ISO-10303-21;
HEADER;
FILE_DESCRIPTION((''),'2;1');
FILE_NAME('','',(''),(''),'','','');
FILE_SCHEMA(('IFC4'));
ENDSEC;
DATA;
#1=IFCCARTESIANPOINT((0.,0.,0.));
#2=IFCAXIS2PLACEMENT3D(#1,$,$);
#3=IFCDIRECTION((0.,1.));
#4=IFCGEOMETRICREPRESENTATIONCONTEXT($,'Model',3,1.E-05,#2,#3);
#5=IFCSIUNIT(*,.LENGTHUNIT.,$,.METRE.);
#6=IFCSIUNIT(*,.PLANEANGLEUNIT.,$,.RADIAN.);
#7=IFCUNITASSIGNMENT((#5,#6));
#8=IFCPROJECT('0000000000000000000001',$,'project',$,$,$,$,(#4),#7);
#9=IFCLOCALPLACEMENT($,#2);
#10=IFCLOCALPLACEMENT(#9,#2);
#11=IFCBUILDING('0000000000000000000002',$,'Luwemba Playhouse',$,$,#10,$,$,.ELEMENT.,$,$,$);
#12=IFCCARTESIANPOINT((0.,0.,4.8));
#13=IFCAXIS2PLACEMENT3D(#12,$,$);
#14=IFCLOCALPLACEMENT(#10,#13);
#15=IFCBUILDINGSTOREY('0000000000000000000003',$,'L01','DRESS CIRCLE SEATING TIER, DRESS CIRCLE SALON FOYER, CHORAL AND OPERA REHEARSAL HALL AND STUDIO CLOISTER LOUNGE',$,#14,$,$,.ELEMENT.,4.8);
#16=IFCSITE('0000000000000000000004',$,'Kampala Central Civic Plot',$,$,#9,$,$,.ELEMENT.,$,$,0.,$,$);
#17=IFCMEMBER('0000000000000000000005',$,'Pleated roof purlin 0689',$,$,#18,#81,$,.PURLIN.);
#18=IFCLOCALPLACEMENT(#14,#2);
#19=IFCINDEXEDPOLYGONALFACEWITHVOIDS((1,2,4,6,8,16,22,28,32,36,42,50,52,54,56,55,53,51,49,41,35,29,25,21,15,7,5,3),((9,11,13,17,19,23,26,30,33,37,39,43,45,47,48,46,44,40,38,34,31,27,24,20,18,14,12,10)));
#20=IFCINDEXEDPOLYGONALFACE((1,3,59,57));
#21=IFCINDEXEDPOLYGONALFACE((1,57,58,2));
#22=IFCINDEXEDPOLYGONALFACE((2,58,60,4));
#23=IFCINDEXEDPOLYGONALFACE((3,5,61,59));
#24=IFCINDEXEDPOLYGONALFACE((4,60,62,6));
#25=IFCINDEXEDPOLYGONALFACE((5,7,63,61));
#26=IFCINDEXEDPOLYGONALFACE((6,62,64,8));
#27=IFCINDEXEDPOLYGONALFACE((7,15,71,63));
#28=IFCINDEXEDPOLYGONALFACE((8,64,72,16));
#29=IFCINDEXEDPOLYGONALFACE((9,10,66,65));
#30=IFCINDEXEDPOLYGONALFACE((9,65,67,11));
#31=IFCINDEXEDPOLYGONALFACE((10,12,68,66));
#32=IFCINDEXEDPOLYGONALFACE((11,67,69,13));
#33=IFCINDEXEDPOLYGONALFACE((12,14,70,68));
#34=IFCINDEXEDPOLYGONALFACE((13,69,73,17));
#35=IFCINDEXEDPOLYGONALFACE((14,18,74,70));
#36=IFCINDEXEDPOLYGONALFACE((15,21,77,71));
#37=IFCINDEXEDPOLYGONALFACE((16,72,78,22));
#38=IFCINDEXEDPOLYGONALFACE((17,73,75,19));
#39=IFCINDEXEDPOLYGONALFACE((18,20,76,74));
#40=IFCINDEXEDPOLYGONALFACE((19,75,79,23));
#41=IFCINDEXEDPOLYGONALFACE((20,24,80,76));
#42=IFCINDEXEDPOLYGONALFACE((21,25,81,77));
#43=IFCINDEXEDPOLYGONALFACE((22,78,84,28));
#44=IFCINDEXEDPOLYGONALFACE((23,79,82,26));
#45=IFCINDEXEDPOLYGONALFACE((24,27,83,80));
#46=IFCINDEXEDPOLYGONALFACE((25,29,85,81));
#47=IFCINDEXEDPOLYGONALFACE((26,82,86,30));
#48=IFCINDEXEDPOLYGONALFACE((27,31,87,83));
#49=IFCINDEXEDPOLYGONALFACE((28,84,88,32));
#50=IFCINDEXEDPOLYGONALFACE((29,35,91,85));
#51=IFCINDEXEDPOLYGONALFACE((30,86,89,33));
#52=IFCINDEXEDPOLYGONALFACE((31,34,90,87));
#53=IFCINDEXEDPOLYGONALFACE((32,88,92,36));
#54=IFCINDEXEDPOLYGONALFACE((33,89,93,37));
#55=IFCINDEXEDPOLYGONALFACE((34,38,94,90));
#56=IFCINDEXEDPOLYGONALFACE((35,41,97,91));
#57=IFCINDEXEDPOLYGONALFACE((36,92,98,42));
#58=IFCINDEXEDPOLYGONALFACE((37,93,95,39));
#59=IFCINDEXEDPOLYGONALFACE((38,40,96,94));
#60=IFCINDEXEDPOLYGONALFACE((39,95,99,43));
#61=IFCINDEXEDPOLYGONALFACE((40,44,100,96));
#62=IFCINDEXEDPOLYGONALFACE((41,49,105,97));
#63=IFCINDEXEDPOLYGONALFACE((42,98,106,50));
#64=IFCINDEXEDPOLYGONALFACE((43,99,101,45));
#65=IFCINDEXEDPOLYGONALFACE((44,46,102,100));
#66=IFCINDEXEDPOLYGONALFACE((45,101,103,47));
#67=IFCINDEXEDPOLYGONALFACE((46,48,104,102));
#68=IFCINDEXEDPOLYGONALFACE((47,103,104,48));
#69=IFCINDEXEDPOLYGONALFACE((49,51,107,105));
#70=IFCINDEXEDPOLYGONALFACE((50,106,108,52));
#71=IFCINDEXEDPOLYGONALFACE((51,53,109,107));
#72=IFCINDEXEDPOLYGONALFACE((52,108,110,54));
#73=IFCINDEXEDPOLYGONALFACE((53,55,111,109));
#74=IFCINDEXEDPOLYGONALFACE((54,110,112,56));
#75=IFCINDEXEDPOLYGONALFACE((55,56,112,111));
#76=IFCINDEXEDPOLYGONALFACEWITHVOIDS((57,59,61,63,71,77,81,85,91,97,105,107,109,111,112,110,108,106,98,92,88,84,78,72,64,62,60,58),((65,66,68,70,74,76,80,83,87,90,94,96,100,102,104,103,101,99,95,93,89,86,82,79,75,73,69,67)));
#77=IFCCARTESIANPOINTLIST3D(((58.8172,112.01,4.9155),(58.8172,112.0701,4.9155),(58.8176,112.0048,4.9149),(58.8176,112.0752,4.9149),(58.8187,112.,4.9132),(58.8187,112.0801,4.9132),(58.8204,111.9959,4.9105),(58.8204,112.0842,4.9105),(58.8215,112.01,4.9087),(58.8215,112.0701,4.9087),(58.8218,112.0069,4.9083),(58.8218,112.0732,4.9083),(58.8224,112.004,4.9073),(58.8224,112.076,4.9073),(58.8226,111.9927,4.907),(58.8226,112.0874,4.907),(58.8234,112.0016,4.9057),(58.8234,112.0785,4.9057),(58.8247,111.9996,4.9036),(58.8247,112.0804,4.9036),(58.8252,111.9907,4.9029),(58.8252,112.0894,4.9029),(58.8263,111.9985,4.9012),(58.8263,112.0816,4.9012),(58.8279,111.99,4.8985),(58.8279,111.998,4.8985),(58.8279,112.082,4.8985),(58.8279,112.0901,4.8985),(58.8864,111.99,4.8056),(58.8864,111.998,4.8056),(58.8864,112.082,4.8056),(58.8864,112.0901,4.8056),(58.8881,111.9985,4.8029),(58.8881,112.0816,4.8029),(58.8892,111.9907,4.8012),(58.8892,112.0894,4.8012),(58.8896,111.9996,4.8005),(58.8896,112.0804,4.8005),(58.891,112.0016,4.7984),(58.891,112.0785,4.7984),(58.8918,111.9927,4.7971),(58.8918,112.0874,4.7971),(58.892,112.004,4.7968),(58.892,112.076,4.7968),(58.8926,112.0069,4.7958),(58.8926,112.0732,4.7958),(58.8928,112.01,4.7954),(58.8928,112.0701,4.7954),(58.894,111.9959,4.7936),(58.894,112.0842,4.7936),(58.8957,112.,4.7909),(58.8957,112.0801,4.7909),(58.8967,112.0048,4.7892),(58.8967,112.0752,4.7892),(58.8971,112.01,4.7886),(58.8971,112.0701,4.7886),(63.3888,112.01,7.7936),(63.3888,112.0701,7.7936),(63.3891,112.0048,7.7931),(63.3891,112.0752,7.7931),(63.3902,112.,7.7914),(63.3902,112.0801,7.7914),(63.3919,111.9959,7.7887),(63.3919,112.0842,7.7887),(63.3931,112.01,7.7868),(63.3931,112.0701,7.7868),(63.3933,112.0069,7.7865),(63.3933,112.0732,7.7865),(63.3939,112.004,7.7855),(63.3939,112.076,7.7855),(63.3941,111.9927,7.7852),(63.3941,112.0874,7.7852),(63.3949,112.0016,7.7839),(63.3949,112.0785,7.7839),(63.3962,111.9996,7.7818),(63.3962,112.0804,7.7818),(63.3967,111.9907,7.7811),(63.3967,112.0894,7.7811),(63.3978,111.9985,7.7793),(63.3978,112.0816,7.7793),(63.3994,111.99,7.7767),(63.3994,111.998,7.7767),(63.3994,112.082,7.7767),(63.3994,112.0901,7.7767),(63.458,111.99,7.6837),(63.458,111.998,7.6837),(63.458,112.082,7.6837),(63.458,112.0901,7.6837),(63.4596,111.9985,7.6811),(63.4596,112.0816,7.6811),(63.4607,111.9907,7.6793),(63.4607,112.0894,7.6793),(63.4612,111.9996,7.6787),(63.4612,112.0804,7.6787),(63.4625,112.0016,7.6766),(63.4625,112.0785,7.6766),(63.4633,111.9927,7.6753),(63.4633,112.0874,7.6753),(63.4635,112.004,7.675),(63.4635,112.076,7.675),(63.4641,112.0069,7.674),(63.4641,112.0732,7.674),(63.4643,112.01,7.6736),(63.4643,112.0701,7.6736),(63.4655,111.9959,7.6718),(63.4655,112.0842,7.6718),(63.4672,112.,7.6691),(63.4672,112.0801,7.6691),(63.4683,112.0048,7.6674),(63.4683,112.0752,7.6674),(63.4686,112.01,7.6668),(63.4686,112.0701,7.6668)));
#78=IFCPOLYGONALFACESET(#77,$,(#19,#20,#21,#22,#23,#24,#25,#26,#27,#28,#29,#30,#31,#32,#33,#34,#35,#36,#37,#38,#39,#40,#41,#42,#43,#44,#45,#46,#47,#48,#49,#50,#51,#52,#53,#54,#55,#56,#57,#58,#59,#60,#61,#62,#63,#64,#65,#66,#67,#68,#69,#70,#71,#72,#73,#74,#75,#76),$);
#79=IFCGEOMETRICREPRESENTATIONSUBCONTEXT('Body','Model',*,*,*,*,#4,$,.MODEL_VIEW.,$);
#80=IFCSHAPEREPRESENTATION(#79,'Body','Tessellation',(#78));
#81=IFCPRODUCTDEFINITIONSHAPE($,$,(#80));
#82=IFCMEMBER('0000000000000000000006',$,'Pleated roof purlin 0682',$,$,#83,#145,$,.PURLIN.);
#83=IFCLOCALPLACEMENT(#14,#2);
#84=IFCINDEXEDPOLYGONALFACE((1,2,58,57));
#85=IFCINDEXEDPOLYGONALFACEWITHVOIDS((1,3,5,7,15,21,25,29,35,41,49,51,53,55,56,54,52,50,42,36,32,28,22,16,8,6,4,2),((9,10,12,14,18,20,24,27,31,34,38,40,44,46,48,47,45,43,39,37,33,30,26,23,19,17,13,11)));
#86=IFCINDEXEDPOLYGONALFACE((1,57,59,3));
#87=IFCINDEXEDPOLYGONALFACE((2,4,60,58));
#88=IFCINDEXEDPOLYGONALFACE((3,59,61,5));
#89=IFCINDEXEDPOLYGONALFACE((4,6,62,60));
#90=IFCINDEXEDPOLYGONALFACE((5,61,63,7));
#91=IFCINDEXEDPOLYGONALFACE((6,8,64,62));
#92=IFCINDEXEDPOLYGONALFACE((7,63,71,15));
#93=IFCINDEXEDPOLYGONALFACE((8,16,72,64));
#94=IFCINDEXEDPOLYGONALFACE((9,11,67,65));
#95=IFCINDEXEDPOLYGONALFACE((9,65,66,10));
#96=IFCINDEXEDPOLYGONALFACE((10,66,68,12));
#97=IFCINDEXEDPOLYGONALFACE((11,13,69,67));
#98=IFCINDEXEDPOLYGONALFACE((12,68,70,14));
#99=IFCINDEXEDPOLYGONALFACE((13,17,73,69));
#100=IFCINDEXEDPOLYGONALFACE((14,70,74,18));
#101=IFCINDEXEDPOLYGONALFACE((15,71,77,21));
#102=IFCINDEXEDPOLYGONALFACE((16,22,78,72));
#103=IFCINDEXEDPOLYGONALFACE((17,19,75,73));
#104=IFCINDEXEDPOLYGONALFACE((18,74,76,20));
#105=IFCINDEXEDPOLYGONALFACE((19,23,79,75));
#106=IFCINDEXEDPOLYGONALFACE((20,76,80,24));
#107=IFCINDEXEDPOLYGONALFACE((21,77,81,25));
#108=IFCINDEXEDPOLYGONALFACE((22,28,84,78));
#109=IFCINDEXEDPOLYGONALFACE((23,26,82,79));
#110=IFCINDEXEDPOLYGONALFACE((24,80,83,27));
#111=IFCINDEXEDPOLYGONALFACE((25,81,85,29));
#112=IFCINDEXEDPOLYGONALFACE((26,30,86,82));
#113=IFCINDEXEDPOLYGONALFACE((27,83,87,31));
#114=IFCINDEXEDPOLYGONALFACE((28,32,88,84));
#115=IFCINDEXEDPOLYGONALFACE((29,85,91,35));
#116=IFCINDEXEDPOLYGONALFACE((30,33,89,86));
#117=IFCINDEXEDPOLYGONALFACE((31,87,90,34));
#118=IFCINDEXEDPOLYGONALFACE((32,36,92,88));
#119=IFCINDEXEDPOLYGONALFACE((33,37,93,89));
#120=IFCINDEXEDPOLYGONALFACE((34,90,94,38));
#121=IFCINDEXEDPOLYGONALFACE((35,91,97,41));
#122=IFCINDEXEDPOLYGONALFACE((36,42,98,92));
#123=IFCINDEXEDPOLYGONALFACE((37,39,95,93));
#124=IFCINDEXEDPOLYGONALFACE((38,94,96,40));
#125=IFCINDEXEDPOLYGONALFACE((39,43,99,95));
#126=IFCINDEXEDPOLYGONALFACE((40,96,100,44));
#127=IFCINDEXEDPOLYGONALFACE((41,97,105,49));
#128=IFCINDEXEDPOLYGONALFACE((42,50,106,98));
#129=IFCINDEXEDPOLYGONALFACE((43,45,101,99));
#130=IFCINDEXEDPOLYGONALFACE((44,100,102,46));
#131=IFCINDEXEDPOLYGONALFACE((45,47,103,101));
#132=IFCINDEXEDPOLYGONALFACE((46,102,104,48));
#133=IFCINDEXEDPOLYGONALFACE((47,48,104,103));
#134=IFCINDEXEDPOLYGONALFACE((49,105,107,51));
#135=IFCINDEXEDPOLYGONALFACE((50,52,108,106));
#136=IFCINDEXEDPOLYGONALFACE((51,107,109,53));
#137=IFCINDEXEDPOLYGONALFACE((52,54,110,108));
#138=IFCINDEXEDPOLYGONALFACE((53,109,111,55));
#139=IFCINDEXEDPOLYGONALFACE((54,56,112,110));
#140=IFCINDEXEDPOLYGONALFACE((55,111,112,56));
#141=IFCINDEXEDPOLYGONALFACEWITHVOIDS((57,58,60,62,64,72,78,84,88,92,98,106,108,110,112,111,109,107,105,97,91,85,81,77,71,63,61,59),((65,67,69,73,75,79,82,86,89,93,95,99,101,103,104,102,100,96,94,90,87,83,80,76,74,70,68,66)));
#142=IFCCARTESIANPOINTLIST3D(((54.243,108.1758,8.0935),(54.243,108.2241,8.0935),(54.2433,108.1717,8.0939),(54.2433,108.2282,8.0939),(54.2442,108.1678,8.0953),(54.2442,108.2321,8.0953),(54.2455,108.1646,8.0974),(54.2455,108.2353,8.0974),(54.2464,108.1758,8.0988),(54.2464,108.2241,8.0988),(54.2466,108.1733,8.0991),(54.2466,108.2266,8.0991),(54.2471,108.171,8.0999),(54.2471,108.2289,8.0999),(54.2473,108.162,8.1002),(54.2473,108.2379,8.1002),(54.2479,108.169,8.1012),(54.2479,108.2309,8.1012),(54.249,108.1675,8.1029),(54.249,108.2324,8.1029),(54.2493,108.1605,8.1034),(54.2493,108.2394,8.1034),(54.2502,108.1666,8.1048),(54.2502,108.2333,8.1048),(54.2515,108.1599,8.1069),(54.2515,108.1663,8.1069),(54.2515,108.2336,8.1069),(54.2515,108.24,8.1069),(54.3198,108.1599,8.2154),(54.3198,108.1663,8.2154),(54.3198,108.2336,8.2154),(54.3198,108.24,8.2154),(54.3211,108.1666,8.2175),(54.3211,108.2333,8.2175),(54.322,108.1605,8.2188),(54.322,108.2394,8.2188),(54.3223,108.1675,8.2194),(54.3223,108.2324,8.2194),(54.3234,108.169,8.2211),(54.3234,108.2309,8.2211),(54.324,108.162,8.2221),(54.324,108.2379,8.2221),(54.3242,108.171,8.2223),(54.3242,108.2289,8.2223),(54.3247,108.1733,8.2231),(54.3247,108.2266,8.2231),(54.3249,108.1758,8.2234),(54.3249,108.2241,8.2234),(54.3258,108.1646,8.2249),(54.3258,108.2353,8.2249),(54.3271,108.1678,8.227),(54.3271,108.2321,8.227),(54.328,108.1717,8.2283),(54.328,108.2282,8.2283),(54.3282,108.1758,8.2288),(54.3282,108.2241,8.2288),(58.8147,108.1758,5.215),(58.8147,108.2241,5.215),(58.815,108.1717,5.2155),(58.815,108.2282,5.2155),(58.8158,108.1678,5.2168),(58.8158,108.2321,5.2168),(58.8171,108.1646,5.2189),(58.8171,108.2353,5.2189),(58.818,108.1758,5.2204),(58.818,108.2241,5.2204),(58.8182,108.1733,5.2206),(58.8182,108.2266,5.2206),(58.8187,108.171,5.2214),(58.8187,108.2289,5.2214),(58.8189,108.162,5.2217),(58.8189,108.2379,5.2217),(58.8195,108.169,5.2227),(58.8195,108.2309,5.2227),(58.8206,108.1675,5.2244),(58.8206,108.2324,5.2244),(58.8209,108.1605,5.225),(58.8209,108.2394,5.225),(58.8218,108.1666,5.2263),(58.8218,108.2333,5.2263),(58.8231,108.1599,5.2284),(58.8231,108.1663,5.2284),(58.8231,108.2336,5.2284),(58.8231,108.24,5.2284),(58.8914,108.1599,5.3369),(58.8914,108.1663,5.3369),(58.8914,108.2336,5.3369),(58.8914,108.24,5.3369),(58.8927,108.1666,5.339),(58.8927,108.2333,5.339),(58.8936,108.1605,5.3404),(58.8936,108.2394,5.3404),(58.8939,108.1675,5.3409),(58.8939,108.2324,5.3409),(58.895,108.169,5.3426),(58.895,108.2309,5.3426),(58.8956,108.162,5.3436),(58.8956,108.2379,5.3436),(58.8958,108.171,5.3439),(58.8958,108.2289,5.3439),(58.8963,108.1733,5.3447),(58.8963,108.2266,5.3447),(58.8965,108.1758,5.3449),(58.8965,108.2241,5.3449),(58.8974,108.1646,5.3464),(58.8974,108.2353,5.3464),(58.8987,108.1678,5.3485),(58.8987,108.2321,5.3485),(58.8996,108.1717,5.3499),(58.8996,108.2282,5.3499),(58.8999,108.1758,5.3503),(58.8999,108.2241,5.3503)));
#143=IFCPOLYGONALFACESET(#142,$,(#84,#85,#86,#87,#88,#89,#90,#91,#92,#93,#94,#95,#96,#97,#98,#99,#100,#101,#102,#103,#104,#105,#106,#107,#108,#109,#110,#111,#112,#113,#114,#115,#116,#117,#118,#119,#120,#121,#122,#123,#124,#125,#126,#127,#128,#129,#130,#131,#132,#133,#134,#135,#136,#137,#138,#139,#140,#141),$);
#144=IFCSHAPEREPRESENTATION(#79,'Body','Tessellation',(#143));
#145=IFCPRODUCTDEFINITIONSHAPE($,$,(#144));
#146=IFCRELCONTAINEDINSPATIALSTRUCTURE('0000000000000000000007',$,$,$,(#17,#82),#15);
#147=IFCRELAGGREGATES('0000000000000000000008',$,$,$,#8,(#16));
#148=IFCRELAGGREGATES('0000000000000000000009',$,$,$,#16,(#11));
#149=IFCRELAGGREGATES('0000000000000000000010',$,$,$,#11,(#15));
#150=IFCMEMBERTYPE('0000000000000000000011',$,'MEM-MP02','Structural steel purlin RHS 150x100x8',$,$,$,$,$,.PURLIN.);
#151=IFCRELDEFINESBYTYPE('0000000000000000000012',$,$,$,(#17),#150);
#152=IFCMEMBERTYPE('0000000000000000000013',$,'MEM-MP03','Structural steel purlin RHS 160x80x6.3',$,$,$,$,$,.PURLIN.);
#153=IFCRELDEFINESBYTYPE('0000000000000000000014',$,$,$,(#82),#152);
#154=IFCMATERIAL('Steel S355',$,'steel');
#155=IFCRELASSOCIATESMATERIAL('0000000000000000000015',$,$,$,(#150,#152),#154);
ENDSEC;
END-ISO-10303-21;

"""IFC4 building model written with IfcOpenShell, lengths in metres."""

from ifc_helpers import new_model, si_unit, direction, frame, origin, origin_2d, place, context, subcontext, project, spatial, hollow_rectangle, extrude, material, material_profile, profile_set, type_object, element, save


model = new_model("IFC4")

# Units and contexts
model_context = context("Model", 3, precision=1e-05, world=origin(), true_north=direction((0.0, 1.0)))
body_context = subcontext(model_context, "Body", "Model", "MODEL_VIEW")
ifc_project = project(units=[si_unit("LENGTHUNIT", "METRE"), si_unit("PLANEANGLEUNIT", "RADIAN")], contexts=[model_context])

# Site, building, storey
site_placement = place(None, origin())
site = spatial("IfcSite", under=ifc_project, at=site_placement, Name="Kampala Central Civic Plot", CompositionType="ELEMENT", RefElevation=0.0)
building_placement = place(site_placement, origin())
building = spatial("IfcBuilding", under=site, at=building_placement, Name="Luwemba Playhouse", CompositionType="ELEMENT")
storey_placement = place(building_placement, frame((0.0, 0.0, 4.8)))
storey = spatial("IfcBuildingStorey", under=building, at=storey_placement, Name="L01", Description="DRESS CIRCLE SEATING TIER, DRESS CIRCLE SALON FOYER, CHORAL AND OPERA REHEARSAL HALL AND STUDIO CLOISTER LOUNGE", CompositionType="ELEMENT", Elevation=4.8)

# Shared definitions
ifc_material_1 = material(Name="Steel S355", Category="steel")

# Members
ifc_material_profile_1 = material_profile(ifc_material_1, hollow_rectangle(XDim=0.1001, YDim=0.1499, WallThickness=0.0081, InnerFilletRadius=0.012, OuterFilletRadius=0.02, at=origin_2d()))
ifc_profile_set_1 = profile_set([ifc_material_profile_1], Name="Steel S355")
member_type_1 = type_object("IfcMemberType", Name="MEM-MP02", Description="Structural steel purlin RHS 150x100x8", PredefinedType="PURLIN", material=ifc_profile_set_1)
member_1_placement = place(storey_placement, frame((58.8572, 112.04, 4.8521), z_axis=(0.846249, 0.0, 0.532787), x_axis=(0.0, 1.0, 0.0)))
element("IfcMember", 1, at=member_1_placement, inside=storey, type_object=member_type_1, Name="Pleated roof purlin 0689", PredefinedType="PURLIN", context=body_context, shape_type="SweptSolid", body=[
    extrude(hollow_rectangle(XDim=0.1001, YDim=0.1499, WallThickness=0.0081, InnerFilletRadius=0.012, OuterFilletRadius=0.02, at=origin_2d()), origin(), (0.0, 0.0, 1.0), 5.4021),
])
ifc_material_profile_2 = material_profile(ifc_material_1, hollow_rectangle(XDim=0.0801, YDim=0.1599, WallThickness=0.0063, InnerFilletRadius=0.0095, OuterFilletRadius=0.0159, at=origin_2d()))
ifc_profile_set_2 = profile_set([ifc_material_profile_2], Name="Steel S355")
member_type_2 = type_object("IfcMemberType", Name="MEM-MP03", Description="Structural steel purlin RHS 160x80x6.3", PredefinedType="PURLIN", material=ifc_profile_set_2)
member_2_placement = place(storey_placement, frame((54.2856, 108.2, 8.1611), z_axis=(0.846229, 0.0, -0.532819), x_axis=(0.0, 1.0, 0.0)))
element("IfcMember", 2, at=member_2_placement, inside=storey, type_object=member_type_2, Name="Pleated roof purlin 0682", PredefinedType="PURLIN", context=body_context, shape_type="SweptSolid", body=[
    extrude(hollow_rectangle(XDim=0.0801, YDim=0.1599, WallThickness=0.0063, InnerFilletRadius=0.0095, OuterFilletRadius=0.0159, at=origin_2d()), origin(), (0.0, 0.0, 1.0), 5.4023),
])

save(model, "model.ifc")
